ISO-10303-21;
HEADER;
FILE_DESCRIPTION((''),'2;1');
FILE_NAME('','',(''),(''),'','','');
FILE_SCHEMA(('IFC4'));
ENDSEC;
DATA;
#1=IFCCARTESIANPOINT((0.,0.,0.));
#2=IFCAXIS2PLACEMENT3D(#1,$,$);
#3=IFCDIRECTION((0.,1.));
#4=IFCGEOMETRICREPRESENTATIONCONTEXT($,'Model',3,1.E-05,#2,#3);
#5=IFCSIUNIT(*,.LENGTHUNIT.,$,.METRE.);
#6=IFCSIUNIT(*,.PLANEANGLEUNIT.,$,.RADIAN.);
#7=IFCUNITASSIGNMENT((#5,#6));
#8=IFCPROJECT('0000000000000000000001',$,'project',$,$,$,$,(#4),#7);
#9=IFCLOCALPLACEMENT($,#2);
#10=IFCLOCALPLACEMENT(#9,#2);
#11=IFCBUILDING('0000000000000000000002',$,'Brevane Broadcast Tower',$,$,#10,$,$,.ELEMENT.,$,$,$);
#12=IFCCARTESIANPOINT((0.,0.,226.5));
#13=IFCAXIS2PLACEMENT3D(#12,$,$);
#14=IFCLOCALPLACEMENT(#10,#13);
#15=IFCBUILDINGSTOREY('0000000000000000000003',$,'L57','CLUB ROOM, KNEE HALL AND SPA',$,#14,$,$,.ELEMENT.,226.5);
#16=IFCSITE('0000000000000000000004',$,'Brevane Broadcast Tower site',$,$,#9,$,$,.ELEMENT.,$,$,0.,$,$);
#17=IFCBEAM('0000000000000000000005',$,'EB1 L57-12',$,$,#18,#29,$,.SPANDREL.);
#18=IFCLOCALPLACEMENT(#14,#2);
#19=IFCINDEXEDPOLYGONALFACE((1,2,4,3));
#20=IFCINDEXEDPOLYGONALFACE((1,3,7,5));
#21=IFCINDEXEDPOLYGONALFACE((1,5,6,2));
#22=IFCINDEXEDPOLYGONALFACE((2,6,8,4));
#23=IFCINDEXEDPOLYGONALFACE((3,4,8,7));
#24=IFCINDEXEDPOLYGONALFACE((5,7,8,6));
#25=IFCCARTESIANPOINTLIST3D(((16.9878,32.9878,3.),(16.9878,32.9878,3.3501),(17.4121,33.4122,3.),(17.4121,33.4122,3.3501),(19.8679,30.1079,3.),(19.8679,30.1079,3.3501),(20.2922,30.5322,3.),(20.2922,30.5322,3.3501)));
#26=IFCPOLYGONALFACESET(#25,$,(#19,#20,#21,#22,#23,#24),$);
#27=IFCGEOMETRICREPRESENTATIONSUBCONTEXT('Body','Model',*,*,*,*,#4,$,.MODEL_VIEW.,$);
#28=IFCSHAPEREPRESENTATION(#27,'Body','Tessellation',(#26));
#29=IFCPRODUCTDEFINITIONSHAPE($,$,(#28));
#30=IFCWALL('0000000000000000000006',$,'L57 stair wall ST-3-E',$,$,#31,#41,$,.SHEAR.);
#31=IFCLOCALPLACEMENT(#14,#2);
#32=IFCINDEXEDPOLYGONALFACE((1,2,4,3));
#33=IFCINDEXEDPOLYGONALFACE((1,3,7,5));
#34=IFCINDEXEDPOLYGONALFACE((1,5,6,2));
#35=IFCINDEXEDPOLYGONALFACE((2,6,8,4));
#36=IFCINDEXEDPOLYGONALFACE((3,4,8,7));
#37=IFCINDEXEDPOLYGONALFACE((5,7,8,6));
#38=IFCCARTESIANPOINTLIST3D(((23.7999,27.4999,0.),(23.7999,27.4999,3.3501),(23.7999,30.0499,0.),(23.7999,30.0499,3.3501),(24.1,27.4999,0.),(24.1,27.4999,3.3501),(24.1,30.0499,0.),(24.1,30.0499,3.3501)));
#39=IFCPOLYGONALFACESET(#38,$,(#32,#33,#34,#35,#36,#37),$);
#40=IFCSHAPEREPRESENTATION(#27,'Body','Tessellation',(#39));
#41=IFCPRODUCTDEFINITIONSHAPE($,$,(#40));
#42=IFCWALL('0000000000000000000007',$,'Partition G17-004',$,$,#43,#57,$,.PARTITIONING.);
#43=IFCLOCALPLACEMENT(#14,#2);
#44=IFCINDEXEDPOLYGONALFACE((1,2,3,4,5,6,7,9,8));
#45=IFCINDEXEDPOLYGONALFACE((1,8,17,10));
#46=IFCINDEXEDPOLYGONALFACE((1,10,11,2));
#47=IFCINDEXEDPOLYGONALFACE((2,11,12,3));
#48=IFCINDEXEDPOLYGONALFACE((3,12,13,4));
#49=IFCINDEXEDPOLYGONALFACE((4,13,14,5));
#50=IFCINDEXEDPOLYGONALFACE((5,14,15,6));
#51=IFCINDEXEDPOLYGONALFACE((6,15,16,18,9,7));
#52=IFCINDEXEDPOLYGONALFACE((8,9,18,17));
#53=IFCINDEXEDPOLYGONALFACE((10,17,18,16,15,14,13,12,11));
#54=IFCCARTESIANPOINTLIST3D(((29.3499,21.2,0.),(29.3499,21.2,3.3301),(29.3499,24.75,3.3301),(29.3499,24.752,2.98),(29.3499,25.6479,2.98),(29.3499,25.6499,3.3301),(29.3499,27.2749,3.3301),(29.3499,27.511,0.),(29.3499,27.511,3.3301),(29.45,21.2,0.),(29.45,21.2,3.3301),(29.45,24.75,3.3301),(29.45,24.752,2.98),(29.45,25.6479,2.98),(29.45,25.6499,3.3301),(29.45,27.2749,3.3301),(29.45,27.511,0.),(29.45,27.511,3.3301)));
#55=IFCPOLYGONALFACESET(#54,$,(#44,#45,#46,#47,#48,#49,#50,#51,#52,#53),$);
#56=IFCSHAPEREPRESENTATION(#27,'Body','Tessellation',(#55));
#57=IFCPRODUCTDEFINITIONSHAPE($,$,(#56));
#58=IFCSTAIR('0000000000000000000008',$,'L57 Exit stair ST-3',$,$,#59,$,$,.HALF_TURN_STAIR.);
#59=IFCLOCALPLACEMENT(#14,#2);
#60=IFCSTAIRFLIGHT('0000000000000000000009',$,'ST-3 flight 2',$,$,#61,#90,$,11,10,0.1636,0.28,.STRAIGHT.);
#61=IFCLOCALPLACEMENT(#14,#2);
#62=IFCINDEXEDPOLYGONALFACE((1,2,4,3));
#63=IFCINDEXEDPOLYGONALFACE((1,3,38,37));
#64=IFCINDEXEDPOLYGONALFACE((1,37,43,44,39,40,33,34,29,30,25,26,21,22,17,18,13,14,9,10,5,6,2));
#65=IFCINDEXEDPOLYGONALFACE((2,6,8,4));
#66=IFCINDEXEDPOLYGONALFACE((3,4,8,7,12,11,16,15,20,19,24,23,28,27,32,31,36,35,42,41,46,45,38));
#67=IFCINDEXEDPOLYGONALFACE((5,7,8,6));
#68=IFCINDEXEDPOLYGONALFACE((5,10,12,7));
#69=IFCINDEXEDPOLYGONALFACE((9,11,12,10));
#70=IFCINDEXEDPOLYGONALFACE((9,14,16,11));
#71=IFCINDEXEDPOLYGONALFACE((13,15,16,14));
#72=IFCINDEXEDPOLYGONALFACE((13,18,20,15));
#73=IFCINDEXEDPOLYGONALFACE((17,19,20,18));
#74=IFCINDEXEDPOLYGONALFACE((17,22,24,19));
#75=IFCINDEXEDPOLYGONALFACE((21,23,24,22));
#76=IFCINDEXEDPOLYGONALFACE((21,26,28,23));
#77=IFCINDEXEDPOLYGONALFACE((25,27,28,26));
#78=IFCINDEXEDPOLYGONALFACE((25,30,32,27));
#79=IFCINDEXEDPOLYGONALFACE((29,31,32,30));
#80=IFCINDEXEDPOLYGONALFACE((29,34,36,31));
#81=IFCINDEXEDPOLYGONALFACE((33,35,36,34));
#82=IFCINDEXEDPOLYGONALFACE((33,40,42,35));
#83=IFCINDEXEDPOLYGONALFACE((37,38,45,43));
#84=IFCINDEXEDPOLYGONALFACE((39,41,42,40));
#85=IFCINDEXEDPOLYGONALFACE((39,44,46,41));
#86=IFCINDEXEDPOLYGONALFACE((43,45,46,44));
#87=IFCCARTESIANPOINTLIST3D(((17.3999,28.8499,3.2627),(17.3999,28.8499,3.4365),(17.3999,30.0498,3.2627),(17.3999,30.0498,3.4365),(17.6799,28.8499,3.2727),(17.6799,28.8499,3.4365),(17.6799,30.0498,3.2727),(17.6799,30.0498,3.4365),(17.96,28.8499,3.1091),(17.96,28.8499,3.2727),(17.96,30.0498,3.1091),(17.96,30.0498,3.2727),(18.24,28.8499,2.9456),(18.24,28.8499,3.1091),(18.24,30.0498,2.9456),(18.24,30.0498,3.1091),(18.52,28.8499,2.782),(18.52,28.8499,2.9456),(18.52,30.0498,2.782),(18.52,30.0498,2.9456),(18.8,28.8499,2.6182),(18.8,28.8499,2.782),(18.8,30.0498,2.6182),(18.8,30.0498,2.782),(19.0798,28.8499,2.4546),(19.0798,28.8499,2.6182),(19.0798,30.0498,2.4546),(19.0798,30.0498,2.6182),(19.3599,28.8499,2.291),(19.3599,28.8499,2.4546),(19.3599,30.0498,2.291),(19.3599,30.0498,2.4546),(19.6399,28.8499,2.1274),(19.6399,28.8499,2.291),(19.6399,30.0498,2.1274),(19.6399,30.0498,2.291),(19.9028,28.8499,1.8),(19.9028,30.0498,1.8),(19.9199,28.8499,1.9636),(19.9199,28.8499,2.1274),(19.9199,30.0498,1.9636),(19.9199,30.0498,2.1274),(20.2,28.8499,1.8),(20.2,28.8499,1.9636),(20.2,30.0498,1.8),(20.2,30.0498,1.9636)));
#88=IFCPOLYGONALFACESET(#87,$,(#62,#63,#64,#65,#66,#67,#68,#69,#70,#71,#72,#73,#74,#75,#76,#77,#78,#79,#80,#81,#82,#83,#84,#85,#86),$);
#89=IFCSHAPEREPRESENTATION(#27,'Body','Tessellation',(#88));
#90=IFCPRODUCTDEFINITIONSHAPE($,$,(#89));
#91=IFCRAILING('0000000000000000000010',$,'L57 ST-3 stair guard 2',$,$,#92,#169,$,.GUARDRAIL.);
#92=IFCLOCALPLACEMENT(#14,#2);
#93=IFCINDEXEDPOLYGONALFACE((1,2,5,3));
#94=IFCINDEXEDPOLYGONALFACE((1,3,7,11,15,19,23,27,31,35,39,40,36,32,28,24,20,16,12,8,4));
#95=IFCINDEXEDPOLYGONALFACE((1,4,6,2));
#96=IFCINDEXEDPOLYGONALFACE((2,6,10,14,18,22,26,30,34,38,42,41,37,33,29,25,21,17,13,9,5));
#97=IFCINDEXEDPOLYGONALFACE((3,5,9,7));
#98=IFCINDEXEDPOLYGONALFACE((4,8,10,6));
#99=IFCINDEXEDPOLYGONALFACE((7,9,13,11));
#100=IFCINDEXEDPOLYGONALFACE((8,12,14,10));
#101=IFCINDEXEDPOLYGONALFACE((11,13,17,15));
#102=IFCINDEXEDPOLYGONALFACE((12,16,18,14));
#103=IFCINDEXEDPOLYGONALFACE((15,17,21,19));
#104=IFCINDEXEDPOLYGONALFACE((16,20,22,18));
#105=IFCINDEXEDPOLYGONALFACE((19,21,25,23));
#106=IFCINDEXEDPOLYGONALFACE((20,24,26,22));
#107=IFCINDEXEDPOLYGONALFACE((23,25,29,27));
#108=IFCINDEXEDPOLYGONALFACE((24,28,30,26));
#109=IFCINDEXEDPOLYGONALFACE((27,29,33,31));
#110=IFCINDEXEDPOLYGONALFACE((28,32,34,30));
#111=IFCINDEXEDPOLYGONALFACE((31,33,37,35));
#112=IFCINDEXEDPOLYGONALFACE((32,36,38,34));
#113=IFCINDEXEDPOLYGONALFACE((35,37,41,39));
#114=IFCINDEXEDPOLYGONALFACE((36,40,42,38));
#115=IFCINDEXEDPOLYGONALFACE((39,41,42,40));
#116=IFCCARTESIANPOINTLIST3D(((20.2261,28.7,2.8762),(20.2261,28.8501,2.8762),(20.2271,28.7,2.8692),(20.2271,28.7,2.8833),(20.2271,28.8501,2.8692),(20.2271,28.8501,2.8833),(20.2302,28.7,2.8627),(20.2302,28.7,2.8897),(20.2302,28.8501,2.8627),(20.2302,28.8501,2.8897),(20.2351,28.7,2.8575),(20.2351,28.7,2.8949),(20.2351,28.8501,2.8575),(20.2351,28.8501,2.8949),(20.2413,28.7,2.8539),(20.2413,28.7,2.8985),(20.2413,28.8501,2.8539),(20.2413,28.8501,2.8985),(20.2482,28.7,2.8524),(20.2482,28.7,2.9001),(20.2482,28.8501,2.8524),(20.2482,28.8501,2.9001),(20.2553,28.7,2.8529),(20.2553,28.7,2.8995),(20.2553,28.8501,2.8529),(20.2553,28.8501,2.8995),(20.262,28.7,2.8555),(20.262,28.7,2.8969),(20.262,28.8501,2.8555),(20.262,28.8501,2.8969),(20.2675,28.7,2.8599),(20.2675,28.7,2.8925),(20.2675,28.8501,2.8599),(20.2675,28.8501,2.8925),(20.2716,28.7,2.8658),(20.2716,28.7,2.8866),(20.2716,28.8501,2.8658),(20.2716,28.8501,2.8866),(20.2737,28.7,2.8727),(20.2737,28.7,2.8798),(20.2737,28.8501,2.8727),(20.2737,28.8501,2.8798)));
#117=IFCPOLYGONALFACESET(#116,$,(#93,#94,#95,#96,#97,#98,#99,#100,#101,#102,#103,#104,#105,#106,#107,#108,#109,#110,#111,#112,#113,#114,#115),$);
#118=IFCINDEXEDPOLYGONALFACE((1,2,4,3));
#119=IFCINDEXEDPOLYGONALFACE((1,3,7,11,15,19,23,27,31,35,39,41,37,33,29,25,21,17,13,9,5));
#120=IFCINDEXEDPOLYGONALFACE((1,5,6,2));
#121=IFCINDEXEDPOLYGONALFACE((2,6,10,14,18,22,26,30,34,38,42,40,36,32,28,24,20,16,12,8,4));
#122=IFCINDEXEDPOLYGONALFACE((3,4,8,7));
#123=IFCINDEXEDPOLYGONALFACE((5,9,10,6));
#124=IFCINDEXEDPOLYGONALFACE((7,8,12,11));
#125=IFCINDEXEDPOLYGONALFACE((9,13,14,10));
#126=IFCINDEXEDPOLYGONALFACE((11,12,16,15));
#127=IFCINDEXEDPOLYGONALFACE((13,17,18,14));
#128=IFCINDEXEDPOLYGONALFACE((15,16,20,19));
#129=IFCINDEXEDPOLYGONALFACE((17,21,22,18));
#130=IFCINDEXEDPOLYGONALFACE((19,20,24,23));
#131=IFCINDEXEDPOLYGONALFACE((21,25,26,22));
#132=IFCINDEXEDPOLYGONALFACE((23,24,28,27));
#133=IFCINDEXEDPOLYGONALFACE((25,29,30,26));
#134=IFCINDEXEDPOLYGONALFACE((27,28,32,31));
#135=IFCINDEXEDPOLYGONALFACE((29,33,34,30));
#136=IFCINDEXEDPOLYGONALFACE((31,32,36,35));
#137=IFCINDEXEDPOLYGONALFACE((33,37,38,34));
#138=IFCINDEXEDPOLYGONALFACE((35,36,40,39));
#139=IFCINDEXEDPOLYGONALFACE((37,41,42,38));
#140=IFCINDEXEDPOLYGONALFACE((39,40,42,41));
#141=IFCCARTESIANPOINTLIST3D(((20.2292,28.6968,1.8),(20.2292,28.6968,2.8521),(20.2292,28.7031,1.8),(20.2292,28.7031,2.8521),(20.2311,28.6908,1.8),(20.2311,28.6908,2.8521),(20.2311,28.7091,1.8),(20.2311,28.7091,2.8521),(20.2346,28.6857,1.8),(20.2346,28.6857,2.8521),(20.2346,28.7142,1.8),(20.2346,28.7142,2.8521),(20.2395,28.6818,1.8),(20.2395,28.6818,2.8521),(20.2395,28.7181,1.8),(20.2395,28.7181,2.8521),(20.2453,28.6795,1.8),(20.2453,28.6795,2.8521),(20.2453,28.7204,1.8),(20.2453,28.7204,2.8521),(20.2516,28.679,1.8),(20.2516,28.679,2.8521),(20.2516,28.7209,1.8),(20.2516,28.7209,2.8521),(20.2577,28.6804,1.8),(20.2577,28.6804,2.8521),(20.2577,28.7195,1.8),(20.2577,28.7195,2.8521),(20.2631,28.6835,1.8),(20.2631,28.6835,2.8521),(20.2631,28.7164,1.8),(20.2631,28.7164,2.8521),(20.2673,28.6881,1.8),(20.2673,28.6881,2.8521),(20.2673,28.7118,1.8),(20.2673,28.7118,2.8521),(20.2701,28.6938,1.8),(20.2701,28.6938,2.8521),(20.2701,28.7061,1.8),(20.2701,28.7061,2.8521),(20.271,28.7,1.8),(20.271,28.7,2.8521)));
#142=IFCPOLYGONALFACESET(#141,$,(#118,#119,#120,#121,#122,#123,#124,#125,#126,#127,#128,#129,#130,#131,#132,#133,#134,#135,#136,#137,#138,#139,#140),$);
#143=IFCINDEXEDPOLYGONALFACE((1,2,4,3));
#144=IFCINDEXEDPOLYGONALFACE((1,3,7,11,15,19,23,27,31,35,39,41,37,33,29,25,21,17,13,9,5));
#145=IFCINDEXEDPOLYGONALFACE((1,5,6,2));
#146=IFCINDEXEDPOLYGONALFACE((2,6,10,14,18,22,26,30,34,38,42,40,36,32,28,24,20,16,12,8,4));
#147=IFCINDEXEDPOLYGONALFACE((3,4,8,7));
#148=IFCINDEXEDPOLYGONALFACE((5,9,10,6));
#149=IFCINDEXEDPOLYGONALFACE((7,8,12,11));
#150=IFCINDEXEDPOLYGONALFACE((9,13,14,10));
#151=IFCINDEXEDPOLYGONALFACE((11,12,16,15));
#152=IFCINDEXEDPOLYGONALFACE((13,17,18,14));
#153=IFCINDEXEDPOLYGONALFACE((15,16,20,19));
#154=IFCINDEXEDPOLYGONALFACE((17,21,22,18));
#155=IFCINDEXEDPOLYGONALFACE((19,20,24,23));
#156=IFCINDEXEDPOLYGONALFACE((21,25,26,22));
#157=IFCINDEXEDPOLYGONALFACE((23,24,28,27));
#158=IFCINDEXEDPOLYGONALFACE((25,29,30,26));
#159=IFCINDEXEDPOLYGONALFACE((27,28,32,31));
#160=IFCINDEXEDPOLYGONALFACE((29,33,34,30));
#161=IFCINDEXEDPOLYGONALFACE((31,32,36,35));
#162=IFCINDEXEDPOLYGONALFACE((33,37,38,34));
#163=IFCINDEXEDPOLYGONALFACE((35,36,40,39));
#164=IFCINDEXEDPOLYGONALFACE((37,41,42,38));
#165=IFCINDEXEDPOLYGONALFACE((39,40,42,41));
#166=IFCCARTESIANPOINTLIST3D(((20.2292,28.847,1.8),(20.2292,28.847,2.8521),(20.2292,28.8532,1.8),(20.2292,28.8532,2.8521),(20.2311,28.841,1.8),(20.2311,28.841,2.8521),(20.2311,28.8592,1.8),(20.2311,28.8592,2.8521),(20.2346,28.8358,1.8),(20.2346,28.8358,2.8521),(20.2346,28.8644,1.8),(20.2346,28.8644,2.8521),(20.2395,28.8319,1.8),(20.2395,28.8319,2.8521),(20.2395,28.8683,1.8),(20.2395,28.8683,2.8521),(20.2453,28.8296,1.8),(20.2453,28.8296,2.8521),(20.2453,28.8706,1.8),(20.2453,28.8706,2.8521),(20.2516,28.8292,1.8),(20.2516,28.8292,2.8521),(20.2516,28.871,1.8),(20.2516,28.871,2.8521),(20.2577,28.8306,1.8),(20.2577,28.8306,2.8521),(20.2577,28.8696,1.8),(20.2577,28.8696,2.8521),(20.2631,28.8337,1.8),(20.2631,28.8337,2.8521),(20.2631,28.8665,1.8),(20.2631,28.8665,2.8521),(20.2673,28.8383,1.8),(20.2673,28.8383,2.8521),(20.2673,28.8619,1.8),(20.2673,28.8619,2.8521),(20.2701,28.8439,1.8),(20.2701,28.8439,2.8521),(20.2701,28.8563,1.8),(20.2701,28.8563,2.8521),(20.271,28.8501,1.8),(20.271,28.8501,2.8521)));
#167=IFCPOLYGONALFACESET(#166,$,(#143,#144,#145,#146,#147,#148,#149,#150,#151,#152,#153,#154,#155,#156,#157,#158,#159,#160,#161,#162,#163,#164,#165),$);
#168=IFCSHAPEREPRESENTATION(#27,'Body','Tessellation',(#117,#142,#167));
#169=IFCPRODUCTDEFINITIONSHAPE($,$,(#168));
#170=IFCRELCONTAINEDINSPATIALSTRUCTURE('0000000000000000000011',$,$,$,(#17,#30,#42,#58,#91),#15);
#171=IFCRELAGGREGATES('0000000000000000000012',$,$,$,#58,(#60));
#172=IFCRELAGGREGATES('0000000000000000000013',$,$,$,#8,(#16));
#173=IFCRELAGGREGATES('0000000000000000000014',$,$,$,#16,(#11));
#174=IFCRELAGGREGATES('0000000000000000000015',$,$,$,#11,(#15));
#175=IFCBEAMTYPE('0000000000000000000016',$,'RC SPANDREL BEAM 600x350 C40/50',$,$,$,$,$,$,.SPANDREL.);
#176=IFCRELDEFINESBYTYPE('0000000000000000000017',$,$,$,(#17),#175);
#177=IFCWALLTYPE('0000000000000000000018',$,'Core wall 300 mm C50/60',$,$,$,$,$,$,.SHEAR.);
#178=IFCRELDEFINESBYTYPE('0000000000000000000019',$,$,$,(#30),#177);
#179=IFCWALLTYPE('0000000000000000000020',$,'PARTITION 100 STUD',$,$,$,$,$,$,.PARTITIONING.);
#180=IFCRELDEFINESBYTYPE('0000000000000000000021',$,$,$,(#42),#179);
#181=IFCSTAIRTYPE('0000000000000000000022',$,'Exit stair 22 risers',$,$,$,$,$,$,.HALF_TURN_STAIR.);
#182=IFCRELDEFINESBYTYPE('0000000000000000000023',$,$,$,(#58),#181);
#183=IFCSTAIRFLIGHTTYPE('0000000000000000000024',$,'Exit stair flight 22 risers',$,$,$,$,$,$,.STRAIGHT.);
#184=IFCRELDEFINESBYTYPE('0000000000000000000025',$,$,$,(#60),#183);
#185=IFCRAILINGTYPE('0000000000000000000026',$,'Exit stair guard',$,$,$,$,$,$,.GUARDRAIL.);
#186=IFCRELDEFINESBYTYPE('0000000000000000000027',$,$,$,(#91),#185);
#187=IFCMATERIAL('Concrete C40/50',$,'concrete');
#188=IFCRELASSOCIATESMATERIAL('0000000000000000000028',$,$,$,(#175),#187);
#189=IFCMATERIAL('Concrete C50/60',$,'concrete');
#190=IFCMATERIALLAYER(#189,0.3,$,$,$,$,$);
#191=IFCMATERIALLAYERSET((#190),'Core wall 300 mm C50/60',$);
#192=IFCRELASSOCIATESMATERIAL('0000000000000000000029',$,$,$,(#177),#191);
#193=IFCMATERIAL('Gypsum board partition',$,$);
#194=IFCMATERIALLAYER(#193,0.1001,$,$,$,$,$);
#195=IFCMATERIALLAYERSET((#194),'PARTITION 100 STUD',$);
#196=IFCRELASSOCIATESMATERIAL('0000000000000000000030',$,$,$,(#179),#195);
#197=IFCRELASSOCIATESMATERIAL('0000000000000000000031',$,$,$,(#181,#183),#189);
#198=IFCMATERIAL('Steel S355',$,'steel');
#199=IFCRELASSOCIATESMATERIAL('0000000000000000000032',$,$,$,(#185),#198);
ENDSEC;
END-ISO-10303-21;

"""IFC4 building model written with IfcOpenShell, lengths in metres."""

from ifc_helpers import new_model, si_unit, direction, frame, frame_2d, origin, origin_2d, place, context, subcontext, project, spatial, polyline, rectangle, circle, outline, extrude, material, layer, layer_set, material_profile, profile_set, type_object, element, aggregate, save


model = new_model("IFC4")

# Units and contexts
model_context = context("Model", 3, precision=1e-05, world=origin(), true_north=direction((0.0, 1.0)))
body_context = subcontext(model_context, "Body", "Model", "MODEL_VIEW")
ifc_project = project(units=[si_unit("LENGTHUNIT", "METRE"), si_unit("PLANEANGLEUNIT", "RADIAN")], contexts=[model_context])

# Site, building, storey
site_placement = place(None, origin())
site = spatial("IfcSite", under=ifc_project, at=site_placement, Name="Brevane Broadcast Tower site", CompositionType="ELEMENT", RefElevation=0.0)
building_placement = place(site_placement, origin())
building = spatial("IfcBuilding", under=site, at=building_placement, Name="Brevane Broadcast Tower", CompositionType="ELEMENT")
storey_placement = place(building_placement, frame((0.0, 0.0, 226.5)))
storey = spatial("IfcBuildingStorey", under=building, at=storey_placement, Name="L57", Description="CLUB ROOM, KNEE HALL AND SPA", CompositionType="ELEMENT", Elevation=226.5)

# Beam
ifc_material_1 = material(Name="Concrete C40/50", Category="concrete")
ifc_material_profile_1 = material_profile(ifc_material_1, rectangle(XDim=0.6001, YDim=0.3501, at=origin_2d()), Name="RC 600x350")
ifc_profile_set_1 = profile_set([ifc_material_profile_1], Name="Concrete C40/50")
beam_type = type_object("IfcBeamType", Name="RC SPANDREL BEAM 600x350 C40/50", PredefinedType="SPANDREL", material=ifc_profile_set_1)
beam_placement = place(storey_placement, frame((20.0801, 30.3201, 3.175), z_axis=(-0.707137, 0.707077, 0.0), x_axis=(-0.707077, -0.707137, 0.0)))
element("IfcBeam", 1, at=beam_placement, inside=storey, type_object=beam_type, Name="EB1 L57-12", PredefinedType="SPANDREL", context=body_context, shape_type="SweptSolid", body=[
    extrude(rectangle(XDim=0.6001, YDim=0.3501, at=origin_2d()), origin(), (0.0, 0.0, 1.0), 4.073),
])

# Walls
ifc_material_2 = material(Name="Concrete C50/60", Category="concrete")
ifc_layer_1 = layer(ifc_material_2, 0.3)
ifc_layer_set_1 = layer_set([ifc_layer_1], Name="Core wall 300 mm C50/60")
wall_type_1 = type_object("IfcWallType", Name="Core wall 300 mm C50/60", PredefinedType="SHEAR", material=ifc_layer_set_1)
wall_1_placement = place(storey_placement, frame((23.95, 27.5, 0.0), z_axis=(0.0, 0.0, 1.0), x_axis=(0.0, 1.0, 0.0)))
element("IfcWall", 2, at=wall_1_placement, inside=storey, type_object=wall_type_1, Name="L57 stair wall ST-3-E", PredefinedType="SHEAR", context=body_context, shape_type="SweptSolid", body=[
    extrude(rectangle(XDim=2.55, YDim=0.3, at=frame_2d((1.2749, 0.0))), origin(), (0.0, 0.0, 1.0), 3.3501),
])
ifc_material_3 = material(Name="Gypsum board partition")
ifc_layer_2 = layer(ifc_material_3, 0.1001)
ifc_layer_set_2 = layer_set([ifc_layer_2], Name="PARTITION 100 STUD")
wall_type_2 = type_object("IfcWallType", Name="PARTITION 100 STUD", PredefinedType="PARTITIONING", material=ifc_layer_set_2)
wall_2_placement = place(storey_placement, frame((29.3999, 27.511, 0.0), z_axis=(0.0, 0.0, 1.0), x_axis=(0.0, -1.0, 0.0)))
element("IfcWall", 3, at=wall_2_placement, inside=storey, type_object=wall_type_2, Name="Partition G17-004", PredefinedType="PARTITIONING", context=body_context, shape_type="SweptSolid", body=[
    extrude(outline(polyline([(0.0, 0.0), (6.311, 0.0), (6.311, 3.3301), (2.761, 3.3301), (2.759, 2.98), (1.863, 2.98), (1.8611, 3.3301), (0.2361, 3.3301), (0.0, 3.3301), (0.0, 0.0)])), frame((0.0, 0.05, 0.0), z_axis=(0.0, -1.0, 0.0), x_axis=(1.0, 0.0, 0.0)), (0.0, 0.0, 1.0), 0.1001),
])

# Stair, stair flight
stair_type = type_object("IfcStairType", Name="Exit stair 22 risers", PredefinedType="HALF_TURN_STAIR", material=ifc_material_2)
stair_placement = place(storey_placement, origin())
stair = element("IfcStair", 4, at=stair_placement, inside=storey, type_object=stair_type, Name="L57 Exit stair ST-3", PredefinedType="HALF_TURN_STAIR")
stair_flight_type = type_object("IfcStairFlightType", Name="Exit stair flight 22 risers", PredefinedType="STRAIGHT", material=ifc_material_2)
stair_flight_placement = place(storey_placement, frame((20.2, 29.45, 1.8), z_axis=(0.0, 0.0, 1.0), x_axis=(-1.0, 0.0, 0.0)))
stair_flight = element("IfcStairFlight", 5, at=stair_flight_placement, type_object=stair_flight_type, Name="ST-3 flight 2", NumberOfRisers=11, NumberOfTreads=10, PredefinedType="STRAIGHT", RiserHeight=0.1636, TreadLength=0.28, context=body_context, shape_type="SweptSolid", body=[
    extrude(outline(polyline([(0.0, 0.0), (0.0, 0.1636), (0.28, 0.1636), (0.28, 0.3274), (0.5601, 0.3274), (0.5601, 0.491), (0.8401, 0.491), (0.8401, 0.6545), (1.1201, 0.6545), (1.1201, 0.8181), (1.3999, 0.8181), (1.3999, 0.9819), (1.6799, 0.9819), (1.6799, 1.1455), (1.96, 1.1455), (1.96, 1.3091), (2.24, 1.3091), (2.24, 1.4727), (2.52, 1.4727), (2.52, 1.6365), (2.8, 1.6365), (2.8, 1.8), (2.8, 1.4626), (0.2971, 0.0), (0.0, 0.0)])), frame((0.0, 0.6001, 0.0), z_axis=(0.0, -1.0, 0.0), x_axis=(1.0, 0.0, 0.0)), (0.0, 0.0, 1.0), 1.2),
])
aggregate(stair, [stair_flight])

# Railing
ifc_material_4 = material(Name="Steel S355", Category="steel")
railing_type_1 = type_object("IfcRailingType", Name="Exit stair guard", PredefinedType="GUARDRAIL", material=ifc_material_4)
railing_1_placement = place(storey_placement, frame((20.25, 28.7, 1.8)))
element("IfcRailing", 6, at=railing_1_placement, inside=storey, type_object=railing_type_1, Name="L57 ST-3 stair guard 2", PredefinedType="GUARDRAIL", context=body_context, shape_type="SweptSolid", body=[
    extrude(circle(Radius=0.0239, at=origin_2d()), frame((0.0, 0.0, 1.0762), z_axis=(0.0, 1.0, 0.0), x_axis=(-1.0, 0.0, 0.0)), (0.0, 0.0, 1.0), 0.1501),
    extrude(circle(Radius=0.021, at=origin_2d()), origin(), (0.0, 0.0, 1.0), 1.052),
    extrude(circle(Radius=0.021, at=origin_2d()), frame((0.0, 0.1501, 0.0)), (0.0, 0.0, 1.0), 1.052),
])

save(model, "model.ifc")
